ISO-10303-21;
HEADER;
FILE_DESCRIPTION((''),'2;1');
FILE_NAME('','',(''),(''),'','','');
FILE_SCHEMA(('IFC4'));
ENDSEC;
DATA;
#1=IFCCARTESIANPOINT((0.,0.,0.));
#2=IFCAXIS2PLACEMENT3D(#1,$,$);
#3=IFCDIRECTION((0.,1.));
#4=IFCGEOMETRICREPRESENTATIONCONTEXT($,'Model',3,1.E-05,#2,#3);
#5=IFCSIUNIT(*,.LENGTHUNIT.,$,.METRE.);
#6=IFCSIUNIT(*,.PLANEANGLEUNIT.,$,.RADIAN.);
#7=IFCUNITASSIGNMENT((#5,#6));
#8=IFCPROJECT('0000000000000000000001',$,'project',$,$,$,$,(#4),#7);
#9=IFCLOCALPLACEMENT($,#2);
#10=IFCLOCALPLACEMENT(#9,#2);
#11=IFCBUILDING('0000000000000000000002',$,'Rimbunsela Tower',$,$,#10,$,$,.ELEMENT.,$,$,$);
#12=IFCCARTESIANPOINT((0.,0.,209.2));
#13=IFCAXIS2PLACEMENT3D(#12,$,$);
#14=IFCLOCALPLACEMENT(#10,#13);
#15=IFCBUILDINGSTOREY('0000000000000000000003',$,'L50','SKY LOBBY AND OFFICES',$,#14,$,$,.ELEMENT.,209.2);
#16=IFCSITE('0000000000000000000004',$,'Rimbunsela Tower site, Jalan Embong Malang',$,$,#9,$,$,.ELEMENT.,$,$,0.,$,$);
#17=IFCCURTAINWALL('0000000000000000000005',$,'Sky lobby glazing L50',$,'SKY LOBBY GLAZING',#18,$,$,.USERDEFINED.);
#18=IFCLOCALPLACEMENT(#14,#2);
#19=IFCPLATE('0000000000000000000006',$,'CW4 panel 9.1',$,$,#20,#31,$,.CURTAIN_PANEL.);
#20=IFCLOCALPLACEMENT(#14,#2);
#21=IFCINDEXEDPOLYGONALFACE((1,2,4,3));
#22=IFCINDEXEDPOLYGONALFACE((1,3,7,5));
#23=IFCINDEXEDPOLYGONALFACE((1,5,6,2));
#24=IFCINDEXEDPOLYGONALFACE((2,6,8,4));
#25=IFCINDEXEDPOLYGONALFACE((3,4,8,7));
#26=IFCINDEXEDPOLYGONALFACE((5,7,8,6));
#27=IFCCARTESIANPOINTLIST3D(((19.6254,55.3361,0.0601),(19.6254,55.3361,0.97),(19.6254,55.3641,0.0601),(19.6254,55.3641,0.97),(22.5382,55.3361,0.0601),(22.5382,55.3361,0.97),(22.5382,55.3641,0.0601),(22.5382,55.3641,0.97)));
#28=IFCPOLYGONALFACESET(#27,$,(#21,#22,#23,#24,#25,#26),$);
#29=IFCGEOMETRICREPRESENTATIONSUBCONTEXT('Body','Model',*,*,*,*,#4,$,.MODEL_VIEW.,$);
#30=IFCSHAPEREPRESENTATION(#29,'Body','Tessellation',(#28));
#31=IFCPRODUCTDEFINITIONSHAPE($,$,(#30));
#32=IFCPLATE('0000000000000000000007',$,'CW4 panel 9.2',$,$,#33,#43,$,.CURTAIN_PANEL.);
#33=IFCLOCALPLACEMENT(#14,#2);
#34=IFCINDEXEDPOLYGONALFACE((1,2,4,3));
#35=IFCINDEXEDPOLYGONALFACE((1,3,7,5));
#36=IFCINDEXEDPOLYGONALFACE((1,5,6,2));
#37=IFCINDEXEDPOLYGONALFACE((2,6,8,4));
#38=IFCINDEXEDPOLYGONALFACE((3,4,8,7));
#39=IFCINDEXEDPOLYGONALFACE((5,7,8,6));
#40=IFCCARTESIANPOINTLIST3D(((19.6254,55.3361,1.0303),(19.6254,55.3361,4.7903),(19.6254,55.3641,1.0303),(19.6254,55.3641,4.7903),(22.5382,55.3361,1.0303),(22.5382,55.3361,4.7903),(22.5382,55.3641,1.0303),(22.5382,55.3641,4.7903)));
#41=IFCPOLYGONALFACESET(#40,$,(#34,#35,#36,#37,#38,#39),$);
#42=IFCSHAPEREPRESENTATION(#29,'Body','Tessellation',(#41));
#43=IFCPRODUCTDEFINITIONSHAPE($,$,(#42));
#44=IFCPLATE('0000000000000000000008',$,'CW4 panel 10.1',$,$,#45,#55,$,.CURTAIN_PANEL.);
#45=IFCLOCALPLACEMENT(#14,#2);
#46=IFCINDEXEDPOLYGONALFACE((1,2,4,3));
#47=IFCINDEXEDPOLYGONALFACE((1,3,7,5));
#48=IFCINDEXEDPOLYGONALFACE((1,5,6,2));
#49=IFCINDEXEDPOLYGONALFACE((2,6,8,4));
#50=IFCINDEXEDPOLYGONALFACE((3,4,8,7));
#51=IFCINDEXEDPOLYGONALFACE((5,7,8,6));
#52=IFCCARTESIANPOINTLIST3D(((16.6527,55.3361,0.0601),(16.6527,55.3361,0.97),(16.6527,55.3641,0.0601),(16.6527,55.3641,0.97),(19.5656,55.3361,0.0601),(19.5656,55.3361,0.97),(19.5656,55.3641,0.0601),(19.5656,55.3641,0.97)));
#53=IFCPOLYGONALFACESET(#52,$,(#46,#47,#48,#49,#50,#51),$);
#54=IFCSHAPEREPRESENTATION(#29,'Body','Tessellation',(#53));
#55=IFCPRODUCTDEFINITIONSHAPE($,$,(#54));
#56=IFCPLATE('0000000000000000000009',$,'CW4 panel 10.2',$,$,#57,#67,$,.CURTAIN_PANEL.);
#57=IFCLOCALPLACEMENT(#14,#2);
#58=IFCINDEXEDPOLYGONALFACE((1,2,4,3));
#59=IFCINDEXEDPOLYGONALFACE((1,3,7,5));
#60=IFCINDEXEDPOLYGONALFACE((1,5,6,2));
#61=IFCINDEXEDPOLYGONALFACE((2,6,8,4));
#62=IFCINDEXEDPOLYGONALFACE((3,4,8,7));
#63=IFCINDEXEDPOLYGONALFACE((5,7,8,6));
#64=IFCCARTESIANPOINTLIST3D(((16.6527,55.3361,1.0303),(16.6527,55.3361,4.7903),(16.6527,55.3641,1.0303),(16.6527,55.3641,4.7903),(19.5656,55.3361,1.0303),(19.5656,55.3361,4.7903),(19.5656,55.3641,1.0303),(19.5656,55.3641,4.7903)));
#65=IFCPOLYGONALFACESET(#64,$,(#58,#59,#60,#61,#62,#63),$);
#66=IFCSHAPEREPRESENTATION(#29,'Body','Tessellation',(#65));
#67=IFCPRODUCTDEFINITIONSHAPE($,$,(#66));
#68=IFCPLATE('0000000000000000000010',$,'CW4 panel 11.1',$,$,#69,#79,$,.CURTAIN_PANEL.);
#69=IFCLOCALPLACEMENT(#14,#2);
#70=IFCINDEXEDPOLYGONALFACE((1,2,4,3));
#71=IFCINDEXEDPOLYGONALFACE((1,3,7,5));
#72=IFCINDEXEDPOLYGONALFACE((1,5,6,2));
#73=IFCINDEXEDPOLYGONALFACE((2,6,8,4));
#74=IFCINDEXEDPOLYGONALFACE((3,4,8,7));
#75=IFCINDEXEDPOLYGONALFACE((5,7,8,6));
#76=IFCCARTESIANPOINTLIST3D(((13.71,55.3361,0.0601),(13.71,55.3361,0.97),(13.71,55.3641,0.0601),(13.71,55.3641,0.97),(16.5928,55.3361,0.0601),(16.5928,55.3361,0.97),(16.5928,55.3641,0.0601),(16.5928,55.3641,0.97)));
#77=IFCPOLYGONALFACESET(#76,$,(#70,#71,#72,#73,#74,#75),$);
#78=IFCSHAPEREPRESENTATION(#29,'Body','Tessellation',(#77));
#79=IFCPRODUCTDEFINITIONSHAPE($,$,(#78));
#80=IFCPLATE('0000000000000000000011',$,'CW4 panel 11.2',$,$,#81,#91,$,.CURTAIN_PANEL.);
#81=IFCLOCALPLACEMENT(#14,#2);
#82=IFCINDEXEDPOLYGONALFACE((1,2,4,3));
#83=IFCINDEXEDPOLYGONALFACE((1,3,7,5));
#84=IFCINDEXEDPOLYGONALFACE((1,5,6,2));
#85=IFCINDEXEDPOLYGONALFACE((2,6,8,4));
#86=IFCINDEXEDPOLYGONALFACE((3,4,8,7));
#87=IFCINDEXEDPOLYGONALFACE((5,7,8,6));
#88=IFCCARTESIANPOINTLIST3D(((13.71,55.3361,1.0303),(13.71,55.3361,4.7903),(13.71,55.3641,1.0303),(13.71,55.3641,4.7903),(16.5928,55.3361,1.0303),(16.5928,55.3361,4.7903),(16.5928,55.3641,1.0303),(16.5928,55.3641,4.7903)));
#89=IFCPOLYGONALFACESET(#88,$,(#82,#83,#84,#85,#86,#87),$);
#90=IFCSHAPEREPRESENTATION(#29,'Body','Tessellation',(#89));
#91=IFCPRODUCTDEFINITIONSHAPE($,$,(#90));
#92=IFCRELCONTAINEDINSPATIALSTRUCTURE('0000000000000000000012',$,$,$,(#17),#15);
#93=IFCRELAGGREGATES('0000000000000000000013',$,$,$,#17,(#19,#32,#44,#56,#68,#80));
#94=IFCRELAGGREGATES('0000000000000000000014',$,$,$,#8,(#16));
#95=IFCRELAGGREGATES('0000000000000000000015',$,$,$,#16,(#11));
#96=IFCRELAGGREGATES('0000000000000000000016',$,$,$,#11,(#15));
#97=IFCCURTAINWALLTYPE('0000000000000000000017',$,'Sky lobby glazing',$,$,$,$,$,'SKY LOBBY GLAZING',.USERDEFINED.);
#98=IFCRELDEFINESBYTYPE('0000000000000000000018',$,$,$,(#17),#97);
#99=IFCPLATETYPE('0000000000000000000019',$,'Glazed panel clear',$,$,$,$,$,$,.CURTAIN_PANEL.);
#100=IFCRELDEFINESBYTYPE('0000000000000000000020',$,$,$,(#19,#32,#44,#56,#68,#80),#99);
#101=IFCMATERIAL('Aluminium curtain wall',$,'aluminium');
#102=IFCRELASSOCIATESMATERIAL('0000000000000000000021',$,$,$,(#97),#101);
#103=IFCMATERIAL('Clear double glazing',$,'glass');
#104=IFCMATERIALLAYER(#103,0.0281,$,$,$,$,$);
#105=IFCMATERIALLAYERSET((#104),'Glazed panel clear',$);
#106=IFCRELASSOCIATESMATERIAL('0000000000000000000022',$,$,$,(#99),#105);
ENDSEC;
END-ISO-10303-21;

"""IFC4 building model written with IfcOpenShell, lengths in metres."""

from ifc_helpers import new_model, si_unit, direction, frame, origin, origin_2d, place, context, subcontext, project, spatial, rectangle, extrude, material, layer, layer_set, type_object, element, aggregate, save


model = new_model("IFC4")

# Units and contexts
model_context = context("Model", 3, precision=1e-05, world=origin(), true_north=direction((0.0, 1.0)))
body_context = subcontext(model_context, "Body", "Model", "MODEL_VIEW")
ifc_project = project(units=[si_unit("LENGTHUNIT", "METRE"), si_unit("PLANEANGLEUNIT", "RADIAN")], contexts=[model_context])

# Site, building, storey
site_placement = place(None, origin())
site = spatial("IfcSite", under=ifc_project, at=site_placement, Name="Rimbunsela Tower site, Jalan Embong Malang", CompositionType="ELEMENT", RefElevation=0.0)
building_placement = place(site_placement, origin())
building = spatial("IfcBuilding", under=site, at=building_placement, Name="Rimbunsela Tower", CompositionType="ELEMENT")
storey_placement = place(building_placement, frame((0.0, 0.0, 209.2)))
storey = spatial("IfcBuildingStorey", under=building, at=storey_placement, Name="L50", Description="SKY LOBBY AND OFFICES", CompositionType="ELEMENT", Elevation=209.2)

# Curtain wall, plates
ifc_material_1 = material(Name="Aluminium curtain wall", Category="aluminium")
curtain_wall_type = type_object("IfcCurtainWallType", Name="Sky lobby glazing", ElementType="SKY LOBBY GLAZING", PredefinedType="USERDEFINED", material=ifc_material_1)
curtain_wall_placement = place(storey_placement, origin())
curtain_wall = element("IfcCurtainWall", 1, at=curtain_wall_placement, inside=storey, type_object=curtain_wall_type, Name="Sky lobby glazing L50", ObjectType="SKY LOBBY GLAZING", PredefinedType="USERDEFINED")
ifc_material_2 = material(Name="Clear double glazing", Category="glass")
ifc_layer = layer(ifc_material_2, 0.0281)
ifc_layer_set = layer_set([ifc_layer], Name="Glazed panel clear")
plate_type = type_object("IfcPlateType", Name="Glazed panel clear", PredefinedType="CURTAIN_PANEL", material=ifc_layer_set)
plate_1_placement = place(storey_placement, frame((21.0818, 55.3501, 0.0601), z_axis=(0.0, 0.0, 1.0), x_axis=(-1.0, 0.0, 0.0)))
plate_1 = element("IfcPlate", 2, at=plate_1_placement, type_object=plate_type, Name="CW4 panel 9.1", PredefinedType="CURTAIN_PANEL", context=body_context, shape_type="SweptSolid", body=[
    extrude(rectangle(XDim=2.9128, YDim=0.0281, at=origin_2d()), origin(), (0.0, 0.0, 1.0), 0.9099),
])
plate_2_placement = place(storey_placement, frame((21.0818, 55.3501, 1.0303), z_axis=(0.0, 0.0, 1.0), x_axis=(-1.0, 0.0, 0.0)))
plate_2 = element("IfcPlate", 3, at=plate_2_placement, type_object=plate_type, Name="CW4 panel 9.2", PredefinedType="CURTAIN_PANEL", context=body_context, shape_type="SweptSolid", body=[
    extrude(rectangle(XDim=2.9128, YDim=0.0281, at=origin_2d()), origin(), (0.0, 0.0, 1.0), 3.76),
])
plate_3_placement = place(storey_placement, frame((18.1091, 55.3501, 0.0601), z_axis=(0.0, 0.0, 1.0), x_axis=(-1.0, 0.0, 0.0)))
plate_3 = element("IfcPlate", 4, at=plate_3_placement, type_object=plate_type, Name="CW4 panel 10.1", PredefinedType="CURTAIN_PANEL", context=body_context, shape_type="SweptSolid", body=[
    extrude(rectangle(XDim=2.9128, YDim=0.0281, at=origin_2d()), origin(), (0.0, 0.0, 1.0), 0.9099),
])
plate_4_placement = place(storey_placement, frame((18.1091, 55.3501, 1.0303), z_axis=(0.0, 0.0, 1.0), x_axis=(-1.0, 0.0, 0.0)))
plate_4 = element("IfcPlate", 5, at=plate_4_placement, type_object=plate_type, Name="CW4 panel 10.2", PredefinedType="CURTAIN_PANEL", context=body_context, shape_type="SweptSolid", body=[
    extrude(rectangle(XDim=2.9128, YDim=0.0281, at=origin_2d()), origin(), (0.0, 0.0, 1.0), 3.76),
])
plate_5_placement = place(storey_placement, frame((15.1514, 55.3501, 0.0601), z_axis=(0.0, 0.0, 1.0), x_axis=(-1.0, 0.0, 0.0)))
plate_5 = element("IfcPlate", 6, at=plate_5_placement, type_object=plate_type, Name="CW4 panel 11.1", PredefinedType="CURTAIN_PANEL", context=body_context, shape_type="SweptSolid", body=[
    extrude(rectangle(XDim=2.8828, YDim=0.0281, at=origin_2d()), origin(), (0.0, 0.0, 1.0), 0.9099),
])
plate_6_placement = place(storey_placement, frame((15.1514, 55.3501, 1.0303), z_axis=(0.0, 0.0, 1.0), x_axis=(-1.0, 0.0, 0.0)))
plate_6 = element("IfcPlate", 7, at=plate_6_placement, type_object=plate_type, Name="CW4 panel 11.2", PredefinedType="CURTAIN_PANEL", context=body_context, shape_type="SweptSolid", body=[
    extrude(rectangle(XDim=2.8828, YDim=0.0281, at=origin_2d()), origin(), (0.0, 0.0, 1.0), 3.76),
])
aggregate(curtain_wall, [plate_1, plate_2, plate_3, plate_4, plate_5, plate_6])

save(model, "model.ifc")
